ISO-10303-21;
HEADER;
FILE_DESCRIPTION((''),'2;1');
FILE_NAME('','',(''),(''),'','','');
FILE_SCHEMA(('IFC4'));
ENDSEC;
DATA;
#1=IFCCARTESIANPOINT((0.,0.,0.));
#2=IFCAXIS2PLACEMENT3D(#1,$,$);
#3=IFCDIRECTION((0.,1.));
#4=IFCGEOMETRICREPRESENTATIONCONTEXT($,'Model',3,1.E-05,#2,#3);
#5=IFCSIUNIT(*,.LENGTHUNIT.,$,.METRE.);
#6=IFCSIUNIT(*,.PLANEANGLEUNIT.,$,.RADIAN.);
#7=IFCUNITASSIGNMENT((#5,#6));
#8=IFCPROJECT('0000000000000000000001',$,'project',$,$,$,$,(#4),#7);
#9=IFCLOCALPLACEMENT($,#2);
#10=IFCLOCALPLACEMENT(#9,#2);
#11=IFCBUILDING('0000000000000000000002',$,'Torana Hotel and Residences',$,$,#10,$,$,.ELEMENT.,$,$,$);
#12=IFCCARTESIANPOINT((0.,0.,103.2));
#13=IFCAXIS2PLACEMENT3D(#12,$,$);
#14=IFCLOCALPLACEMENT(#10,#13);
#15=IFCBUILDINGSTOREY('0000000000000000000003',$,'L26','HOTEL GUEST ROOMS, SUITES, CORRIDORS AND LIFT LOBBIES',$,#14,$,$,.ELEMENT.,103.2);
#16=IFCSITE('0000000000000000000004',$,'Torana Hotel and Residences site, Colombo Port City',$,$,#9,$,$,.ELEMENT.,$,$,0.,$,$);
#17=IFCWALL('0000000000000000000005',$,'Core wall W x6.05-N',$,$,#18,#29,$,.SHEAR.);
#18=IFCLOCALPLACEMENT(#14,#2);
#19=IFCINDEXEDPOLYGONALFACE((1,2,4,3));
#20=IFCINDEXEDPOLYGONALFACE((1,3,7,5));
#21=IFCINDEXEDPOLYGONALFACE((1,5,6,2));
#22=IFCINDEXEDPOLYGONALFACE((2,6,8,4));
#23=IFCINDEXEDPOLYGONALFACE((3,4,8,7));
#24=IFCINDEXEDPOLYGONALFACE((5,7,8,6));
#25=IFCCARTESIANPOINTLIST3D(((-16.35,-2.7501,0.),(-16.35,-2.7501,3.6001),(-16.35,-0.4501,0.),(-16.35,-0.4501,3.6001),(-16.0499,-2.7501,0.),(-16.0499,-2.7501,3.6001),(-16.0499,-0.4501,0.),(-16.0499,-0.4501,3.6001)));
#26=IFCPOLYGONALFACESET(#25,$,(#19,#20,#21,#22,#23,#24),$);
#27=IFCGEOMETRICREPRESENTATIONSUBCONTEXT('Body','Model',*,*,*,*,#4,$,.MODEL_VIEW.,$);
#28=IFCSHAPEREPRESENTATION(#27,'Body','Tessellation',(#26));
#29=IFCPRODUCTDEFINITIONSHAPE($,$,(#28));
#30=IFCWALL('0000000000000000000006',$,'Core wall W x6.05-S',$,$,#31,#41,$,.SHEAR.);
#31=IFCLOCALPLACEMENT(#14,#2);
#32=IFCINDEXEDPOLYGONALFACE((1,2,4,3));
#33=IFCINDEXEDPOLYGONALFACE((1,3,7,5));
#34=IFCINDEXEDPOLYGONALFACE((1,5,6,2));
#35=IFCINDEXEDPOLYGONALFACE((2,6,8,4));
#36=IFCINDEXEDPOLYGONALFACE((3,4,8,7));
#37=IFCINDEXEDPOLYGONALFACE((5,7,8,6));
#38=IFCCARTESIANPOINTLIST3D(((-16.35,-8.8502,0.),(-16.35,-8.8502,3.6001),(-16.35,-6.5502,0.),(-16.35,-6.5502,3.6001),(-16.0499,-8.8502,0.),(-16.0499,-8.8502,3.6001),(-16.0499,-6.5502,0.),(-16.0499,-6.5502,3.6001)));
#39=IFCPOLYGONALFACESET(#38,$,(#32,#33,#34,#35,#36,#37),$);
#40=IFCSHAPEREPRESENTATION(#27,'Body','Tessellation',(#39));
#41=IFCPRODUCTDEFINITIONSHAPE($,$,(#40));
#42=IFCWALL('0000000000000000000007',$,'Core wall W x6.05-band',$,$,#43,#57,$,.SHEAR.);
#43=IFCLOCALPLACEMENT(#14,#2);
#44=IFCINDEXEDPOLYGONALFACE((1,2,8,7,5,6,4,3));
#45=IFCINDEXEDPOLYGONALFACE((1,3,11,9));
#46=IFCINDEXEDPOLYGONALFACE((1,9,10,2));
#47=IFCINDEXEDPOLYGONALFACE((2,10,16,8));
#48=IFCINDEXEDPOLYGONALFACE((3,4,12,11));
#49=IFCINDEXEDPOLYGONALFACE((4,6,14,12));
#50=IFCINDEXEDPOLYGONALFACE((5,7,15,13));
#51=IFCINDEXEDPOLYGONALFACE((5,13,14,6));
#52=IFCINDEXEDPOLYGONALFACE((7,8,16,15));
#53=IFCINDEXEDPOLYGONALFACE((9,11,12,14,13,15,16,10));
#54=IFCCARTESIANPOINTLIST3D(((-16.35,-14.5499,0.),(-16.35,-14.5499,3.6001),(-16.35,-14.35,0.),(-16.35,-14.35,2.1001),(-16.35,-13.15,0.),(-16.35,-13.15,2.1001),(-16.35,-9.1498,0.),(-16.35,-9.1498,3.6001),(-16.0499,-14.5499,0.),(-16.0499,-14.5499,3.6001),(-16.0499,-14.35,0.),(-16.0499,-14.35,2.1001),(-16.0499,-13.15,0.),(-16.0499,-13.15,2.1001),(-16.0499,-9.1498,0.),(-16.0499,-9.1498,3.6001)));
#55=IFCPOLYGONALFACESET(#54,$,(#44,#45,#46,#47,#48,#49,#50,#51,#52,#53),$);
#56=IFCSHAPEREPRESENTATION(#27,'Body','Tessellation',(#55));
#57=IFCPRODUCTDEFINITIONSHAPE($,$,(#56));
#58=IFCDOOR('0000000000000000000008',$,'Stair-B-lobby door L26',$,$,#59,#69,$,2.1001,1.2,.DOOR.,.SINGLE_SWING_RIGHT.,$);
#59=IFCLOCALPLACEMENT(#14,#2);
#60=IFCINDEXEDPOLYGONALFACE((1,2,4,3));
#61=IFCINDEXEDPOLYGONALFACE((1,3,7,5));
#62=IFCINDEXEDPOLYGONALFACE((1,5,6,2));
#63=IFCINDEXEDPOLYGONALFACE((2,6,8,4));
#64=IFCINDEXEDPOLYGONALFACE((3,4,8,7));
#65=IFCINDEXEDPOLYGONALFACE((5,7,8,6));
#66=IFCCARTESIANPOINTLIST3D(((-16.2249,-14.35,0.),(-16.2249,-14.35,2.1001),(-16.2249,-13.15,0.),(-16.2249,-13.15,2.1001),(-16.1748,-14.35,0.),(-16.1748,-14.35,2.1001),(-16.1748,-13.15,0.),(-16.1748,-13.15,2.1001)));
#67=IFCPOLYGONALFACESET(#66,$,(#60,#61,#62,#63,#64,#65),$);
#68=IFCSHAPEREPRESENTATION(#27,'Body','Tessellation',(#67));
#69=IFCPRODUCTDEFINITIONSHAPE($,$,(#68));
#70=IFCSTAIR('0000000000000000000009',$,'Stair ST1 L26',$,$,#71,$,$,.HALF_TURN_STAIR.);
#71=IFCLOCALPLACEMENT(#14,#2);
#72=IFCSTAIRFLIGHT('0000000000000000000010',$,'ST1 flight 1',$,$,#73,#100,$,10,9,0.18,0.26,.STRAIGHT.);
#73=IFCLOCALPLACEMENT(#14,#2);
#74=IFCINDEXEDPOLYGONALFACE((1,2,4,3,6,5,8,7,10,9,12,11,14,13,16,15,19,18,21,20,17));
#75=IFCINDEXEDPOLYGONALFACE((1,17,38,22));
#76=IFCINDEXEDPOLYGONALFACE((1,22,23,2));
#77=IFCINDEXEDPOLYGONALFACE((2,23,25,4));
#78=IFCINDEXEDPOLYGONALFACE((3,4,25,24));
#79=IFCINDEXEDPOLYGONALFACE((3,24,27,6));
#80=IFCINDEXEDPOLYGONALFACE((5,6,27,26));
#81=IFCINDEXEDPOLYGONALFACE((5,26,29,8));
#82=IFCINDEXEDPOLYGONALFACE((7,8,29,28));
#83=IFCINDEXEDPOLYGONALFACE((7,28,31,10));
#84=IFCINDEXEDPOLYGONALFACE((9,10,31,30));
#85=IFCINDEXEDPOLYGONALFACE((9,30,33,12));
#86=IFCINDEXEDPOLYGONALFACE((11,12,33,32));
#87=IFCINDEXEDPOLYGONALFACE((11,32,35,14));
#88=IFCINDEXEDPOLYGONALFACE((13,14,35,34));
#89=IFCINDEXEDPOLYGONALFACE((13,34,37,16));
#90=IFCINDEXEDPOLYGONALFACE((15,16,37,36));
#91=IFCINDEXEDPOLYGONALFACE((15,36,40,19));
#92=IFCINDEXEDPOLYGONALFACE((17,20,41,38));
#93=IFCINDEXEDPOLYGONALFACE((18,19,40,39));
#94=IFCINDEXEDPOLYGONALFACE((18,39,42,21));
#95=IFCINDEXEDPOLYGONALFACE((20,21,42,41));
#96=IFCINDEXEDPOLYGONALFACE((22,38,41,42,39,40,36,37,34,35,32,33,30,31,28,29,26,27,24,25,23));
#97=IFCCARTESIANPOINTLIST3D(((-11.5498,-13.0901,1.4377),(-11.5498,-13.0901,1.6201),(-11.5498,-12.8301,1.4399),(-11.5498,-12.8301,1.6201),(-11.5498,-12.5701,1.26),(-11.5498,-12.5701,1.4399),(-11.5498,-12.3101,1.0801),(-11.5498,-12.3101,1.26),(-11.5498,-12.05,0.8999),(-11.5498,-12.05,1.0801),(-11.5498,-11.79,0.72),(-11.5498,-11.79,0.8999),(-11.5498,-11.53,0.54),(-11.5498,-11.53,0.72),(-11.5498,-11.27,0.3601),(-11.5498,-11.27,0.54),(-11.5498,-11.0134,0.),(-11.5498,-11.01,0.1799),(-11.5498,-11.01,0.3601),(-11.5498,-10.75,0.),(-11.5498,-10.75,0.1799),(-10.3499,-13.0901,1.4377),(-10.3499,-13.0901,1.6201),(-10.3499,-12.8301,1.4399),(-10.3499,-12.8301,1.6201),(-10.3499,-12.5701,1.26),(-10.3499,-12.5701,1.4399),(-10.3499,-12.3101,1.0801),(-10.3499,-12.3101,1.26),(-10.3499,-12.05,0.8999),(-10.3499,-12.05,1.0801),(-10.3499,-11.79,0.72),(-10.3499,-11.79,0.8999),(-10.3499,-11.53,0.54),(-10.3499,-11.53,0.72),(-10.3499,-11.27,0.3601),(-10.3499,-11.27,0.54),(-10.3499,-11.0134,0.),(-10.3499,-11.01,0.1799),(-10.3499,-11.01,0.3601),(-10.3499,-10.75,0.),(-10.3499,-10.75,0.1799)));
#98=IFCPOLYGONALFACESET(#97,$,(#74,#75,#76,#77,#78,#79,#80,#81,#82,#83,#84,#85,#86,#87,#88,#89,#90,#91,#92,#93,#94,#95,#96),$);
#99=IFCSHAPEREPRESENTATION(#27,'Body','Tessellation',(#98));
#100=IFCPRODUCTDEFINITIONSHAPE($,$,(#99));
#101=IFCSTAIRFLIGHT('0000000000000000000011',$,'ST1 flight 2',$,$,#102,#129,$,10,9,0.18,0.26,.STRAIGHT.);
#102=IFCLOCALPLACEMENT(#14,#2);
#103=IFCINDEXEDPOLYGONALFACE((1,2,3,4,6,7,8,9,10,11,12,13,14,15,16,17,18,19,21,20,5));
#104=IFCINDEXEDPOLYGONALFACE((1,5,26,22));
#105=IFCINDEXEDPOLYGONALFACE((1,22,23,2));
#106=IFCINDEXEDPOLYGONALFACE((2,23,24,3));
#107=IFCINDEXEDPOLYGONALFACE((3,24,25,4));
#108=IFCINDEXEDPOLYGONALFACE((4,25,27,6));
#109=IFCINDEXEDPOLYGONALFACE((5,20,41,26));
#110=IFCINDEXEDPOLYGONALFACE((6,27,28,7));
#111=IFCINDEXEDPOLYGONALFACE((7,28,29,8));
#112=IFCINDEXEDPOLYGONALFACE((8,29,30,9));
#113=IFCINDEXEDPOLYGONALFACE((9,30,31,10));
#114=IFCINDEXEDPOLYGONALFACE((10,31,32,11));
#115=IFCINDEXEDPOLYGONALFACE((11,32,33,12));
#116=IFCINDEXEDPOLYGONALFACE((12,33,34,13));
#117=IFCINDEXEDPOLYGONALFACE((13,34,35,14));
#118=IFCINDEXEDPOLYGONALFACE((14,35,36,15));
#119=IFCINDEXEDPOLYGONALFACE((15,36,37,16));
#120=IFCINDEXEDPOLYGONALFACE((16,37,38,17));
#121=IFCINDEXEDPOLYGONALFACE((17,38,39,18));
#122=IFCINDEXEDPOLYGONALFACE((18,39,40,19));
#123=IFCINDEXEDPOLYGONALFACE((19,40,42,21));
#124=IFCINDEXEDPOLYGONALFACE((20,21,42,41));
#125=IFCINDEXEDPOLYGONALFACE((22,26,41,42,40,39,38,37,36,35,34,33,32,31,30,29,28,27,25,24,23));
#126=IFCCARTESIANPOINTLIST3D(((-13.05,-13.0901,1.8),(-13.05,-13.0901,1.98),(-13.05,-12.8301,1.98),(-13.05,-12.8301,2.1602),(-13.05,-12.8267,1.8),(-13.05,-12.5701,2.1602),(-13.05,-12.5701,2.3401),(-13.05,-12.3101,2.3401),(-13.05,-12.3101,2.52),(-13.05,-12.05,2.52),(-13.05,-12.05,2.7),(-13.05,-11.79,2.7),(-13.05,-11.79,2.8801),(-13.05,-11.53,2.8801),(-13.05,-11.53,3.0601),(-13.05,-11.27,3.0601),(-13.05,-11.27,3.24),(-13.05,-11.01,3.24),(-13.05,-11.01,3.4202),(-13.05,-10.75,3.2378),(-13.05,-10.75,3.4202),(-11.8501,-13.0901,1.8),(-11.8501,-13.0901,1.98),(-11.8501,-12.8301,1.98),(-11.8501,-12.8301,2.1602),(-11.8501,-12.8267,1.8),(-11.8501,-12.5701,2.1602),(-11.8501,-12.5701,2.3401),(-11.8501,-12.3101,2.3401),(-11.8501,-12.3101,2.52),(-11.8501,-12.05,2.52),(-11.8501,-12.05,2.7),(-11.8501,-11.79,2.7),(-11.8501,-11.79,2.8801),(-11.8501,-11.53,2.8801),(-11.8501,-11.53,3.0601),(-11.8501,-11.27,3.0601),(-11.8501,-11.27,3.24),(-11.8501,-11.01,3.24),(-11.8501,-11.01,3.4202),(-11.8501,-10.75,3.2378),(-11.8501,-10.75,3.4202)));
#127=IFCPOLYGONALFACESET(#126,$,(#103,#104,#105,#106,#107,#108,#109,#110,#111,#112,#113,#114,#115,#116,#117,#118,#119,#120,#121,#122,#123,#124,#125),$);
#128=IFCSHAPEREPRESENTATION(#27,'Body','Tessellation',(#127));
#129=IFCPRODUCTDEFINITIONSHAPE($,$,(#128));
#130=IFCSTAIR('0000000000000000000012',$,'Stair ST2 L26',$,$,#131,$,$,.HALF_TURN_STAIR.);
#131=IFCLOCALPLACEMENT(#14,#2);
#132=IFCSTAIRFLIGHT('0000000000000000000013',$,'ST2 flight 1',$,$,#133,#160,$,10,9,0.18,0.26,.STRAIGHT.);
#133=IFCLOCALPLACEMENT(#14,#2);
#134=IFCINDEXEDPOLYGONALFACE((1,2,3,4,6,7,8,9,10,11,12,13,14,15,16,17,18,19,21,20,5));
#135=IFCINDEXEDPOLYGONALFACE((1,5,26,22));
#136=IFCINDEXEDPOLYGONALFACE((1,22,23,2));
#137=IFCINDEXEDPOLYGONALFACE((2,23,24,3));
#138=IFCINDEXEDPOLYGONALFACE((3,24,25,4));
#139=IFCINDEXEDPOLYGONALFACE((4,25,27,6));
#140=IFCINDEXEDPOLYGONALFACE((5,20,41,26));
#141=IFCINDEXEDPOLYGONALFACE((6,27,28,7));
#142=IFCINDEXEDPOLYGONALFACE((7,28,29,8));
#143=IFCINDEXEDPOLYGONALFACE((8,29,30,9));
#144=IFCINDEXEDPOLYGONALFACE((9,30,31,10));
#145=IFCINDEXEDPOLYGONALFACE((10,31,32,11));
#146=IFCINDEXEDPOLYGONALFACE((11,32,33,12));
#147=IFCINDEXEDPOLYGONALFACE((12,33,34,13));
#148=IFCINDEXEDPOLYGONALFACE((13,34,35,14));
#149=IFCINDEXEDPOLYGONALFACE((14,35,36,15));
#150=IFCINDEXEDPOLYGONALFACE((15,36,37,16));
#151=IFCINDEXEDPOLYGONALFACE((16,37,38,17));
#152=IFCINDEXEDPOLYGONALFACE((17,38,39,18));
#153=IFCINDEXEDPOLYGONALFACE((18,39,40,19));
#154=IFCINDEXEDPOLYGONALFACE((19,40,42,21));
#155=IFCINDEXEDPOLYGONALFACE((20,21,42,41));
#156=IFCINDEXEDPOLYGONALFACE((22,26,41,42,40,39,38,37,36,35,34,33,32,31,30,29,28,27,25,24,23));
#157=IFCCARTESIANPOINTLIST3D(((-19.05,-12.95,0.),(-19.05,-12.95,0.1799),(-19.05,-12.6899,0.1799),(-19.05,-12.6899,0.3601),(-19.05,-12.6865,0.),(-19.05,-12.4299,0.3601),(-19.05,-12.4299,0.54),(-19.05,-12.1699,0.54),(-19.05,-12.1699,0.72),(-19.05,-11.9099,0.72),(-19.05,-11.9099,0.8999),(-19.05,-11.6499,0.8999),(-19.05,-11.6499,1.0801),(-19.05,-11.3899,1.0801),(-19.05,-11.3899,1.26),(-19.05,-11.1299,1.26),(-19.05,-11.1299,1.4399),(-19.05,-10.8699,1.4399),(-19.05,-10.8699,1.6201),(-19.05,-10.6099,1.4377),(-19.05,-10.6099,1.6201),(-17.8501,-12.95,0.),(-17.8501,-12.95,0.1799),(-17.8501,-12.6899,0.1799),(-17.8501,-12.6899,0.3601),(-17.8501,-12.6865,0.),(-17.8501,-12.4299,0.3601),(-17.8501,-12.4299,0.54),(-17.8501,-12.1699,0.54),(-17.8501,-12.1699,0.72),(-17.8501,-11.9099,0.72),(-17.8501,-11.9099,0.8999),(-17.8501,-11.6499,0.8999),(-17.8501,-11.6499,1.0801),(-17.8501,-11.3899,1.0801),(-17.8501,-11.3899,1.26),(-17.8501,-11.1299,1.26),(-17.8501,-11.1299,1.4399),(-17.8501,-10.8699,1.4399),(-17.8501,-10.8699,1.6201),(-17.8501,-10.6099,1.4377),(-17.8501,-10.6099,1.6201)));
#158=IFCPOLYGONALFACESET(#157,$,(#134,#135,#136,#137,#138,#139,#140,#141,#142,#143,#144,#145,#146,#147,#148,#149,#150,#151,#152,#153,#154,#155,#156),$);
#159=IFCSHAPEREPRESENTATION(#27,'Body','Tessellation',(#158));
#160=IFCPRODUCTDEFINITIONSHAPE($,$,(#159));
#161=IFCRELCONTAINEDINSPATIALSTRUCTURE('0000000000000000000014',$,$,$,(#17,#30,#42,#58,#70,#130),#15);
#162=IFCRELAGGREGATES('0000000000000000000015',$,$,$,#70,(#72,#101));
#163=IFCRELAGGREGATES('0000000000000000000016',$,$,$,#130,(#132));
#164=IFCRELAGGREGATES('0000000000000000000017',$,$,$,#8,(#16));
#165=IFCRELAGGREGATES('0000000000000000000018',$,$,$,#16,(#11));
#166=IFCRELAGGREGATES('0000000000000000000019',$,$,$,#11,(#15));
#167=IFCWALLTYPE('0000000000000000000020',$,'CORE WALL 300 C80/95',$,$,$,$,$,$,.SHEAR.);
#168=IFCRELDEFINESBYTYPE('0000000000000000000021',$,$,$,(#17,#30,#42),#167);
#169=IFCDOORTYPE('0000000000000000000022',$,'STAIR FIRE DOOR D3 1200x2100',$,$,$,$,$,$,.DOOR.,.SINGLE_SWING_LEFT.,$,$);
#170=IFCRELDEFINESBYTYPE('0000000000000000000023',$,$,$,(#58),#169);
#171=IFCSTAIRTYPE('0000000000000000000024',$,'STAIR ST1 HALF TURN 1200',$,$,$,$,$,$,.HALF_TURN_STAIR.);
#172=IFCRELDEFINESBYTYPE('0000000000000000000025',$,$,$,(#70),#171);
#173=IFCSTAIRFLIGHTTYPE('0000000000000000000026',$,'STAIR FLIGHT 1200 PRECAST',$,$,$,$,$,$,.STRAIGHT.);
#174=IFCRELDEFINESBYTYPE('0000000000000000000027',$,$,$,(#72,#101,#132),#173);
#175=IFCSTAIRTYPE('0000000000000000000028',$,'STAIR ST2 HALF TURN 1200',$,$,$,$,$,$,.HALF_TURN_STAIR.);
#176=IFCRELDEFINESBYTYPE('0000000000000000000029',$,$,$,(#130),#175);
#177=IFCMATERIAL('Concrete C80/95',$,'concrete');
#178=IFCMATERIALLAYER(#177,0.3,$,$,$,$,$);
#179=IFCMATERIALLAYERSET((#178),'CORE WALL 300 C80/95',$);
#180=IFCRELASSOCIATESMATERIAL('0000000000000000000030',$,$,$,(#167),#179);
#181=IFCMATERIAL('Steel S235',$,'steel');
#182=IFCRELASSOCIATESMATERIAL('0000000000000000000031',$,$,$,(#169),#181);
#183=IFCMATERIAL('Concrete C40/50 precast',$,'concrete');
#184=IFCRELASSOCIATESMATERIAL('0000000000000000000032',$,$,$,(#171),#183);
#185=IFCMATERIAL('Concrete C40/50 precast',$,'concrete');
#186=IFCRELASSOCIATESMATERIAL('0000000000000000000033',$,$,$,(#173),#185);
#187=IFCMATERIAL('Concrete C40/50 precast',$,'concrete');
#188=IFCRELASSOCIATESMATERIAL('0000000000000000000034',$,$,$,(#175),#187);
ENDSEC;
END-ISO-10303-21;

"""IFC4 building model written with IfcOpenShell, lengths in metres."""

from ifc_helpers import new_model, si_unit, direction, frame, frame_2d, origin, place, context, subcontext, project, spatial, polyline, rectangle, outline, extrude, material, layer, layer_set, type_object, element, fill, aggregate, save


model = new_model("IFC4")

# Units and contexts
model_context = context("Model", 3, precision=1e-05, world=origin(), true_north=direction((0.0, 1.0)))
body_context = subcontext(model_context, "Body", "Model", "MODEL_VIEW")
ifc_project = project(units=[si_unit("LENGTHUNIT", "METRE"), si_unit("PLANEANGLEUNIT", "RADIAN")], contexts=[model_context])

# Site, building, storey
site_placement = place(None, origin())
site = spatial("IfcSite", under=ifc_project, at=site_placement, Name="Torana Hotel and Residences site, Colombo Port City", CompositionType="ELEMENT", RefElevation=0.0)
building_placement = place(site_placement, origin())
building = spatial("IfcBuilding", under=site, at=building_placement, Name="Torana Hotel and Residences", CompositionType="ELEMENT")
storey_placement = place(building_placement, frame((0.0, 0.0, 103.2)))
storey = spatial("IfcBuildingStorey", under=building, at=storey_placement, Name="L26", Description="HOTEL GUEST ROOMS, SUITES, CORRIDORS AND LIFT LOBBIES", CompositionType="ELEMENT", Elevation=103.2)

# Shared definitions
ifc_material_1 = material(Name="Concrete C80/95", Category="concrete")
ifc_layer_1 = layer(ifc_material_1, 0.3)
ifc_layer_set_1 = layer_set([ifc_layer_1], Name="CORE WALL 300 C80/95")
wall_type_1 = type_object("IfcWallType", Name="CORE WALL 300 C80/95", PredefinedType="SHEAR", material=ifc_layer_set_1)

# Shared definitions
ifc_material_2 = material(Name="Steel S235", Category="steel")
door_type_1 = type_object("IfcDoorType", Name="STAIR FIRE DOOR D3 1200x2100", OperationType="SINGLE_SWING_LEFT", PredefinedType="DOOR", material=ifc_material_2)

# Walls
for number, where, z_axis, x_axis, name in (
    (1, (-16.2, -2.75, 0.0), (0.0, 0.0, 1.0), (0.0, 1.0, 0.0), "Core wall W x6.05-N"),
    (2, (-16.2, -8.8501, 0.0), (0.0, 0.0, 1.0), (0.0, 1.0, 0.0), "Core wall W x6.05-S"),
):
    element("IfcWall", number, at=place(storey_placement, frame(where, z_axis=z_axis, x_axis=x_axis)), inside=storey, type_object=wall_type_1, Name=name, PredefinedType="SHEAR", context=body_context, shape_type="SweptSolid", body=[
        extrude(rectangle(XDim=2.3, YDim=0.3, at=frame_2d((1.1499, 0.0))), origin(), (0.0, 0.0, 1.0), 3.6001),
    ])

# Wall, opening, door
wall_1_placement = place(storey_placement, frame((-16.2, -14.55, 0.0), z_axis=(0.0, 0.0, 1.0), x_axis=(0.0, 1.0, 0.0)))
wall_1 = element("IfcWall", 3, at=wall_1_placement, inside=storey, type_object=wall_type_1, Name="Core wall W x6.05-band", PredefinedType="SHEAR", context=body_context, shape_type="SweptSolid", body=[
    extrude(rectangle(XDim=5.4001, YDim=0.3, at=frame_2d((2.7002, 0.0))), origin(), (0.0, 0.0, 1.0), 3.6001),
])
opening_1_placement = place(wall_1_placement, frame((0.2, 0.0, 0.0)))
opening_1 = element("IfcOpeningElement", 4, at=opening_1_placement, cuts=wall_1, PredefinedType="OPENING", context=body_context, shape_type="SweptSolid", body=[
    extrude(rectangle(XDim=1.2, YDim=2.1001, at=frame_2d((0.6001, 1.05))), frame((0.0, 0.1599, 0.0), z_axis=(0.0, -1.0, 0.0), x_axis=(1.0, 0.0, 0.0)), (0.0, 0.0, 1.0), 0.3201),
])
door_1_placement = place(opening_1_placement, origin())
door_1 = element("IfcDoor", 5, at=door_1_placement, inside=storey, type_object=door_type_1, Name="Stair-B-lobby door L26", OperationType="SINGLE_SWING_RIGHT", OverallHeight=2.1001, OverallWidth=1.2, PredefinedType="DOOR", context=body_context, shape_type="SweptSolid", body=[
    extrude(rectangle(XDim=1.2, YDim=2.1001, at=frame_2d((0.6001, 1.05))), frame((0.0, 0.0249, 0.0), z_axis=(0.0, -1.0, 0.0), x_axis=(1.0, 0.0, 0.0)), (0.0, 0.0, 1.0), 0.05),
])
fill(opening_1, door_1)

# Stairs, stair flights
ifc_material_3 = material(Name="Concrete C40/50 precast", Category="concrete")
stair_type_1 = type_object("IfcStairType", Name="STAIR ST1 HALF TURN 1200", PredefinedType="HALF_TURN_STAIR", material=ifc_material_3)
stair_1_placement = place(storey_placement, origin())
stair_1 = element("IfcStair", 6, at=stair_1_placement, inside=storey, type_object=stair_type_1, Name="Stair ST1 L26", PredefinedType="HALF_TURN_STAIR")
ifc_material_4 = material(Name="Concrete C40/50 precast", Category="concrete")
stair_flight_type = type_object("IfcStairFlightType", Name="STAIR FLIGHT 1200 PRECAST", PredefinedType="STRAIGHT", material=ifc_material_4)
stair_flight_1_placement = place(storey_placement, frame((-10.95, -10.75, 0.0), z_axis=(0.0, 0.0, 1.0), x_axis=(0.0, -1.0, 0.0)))
stair_flight_1 = element("IfcStairFlight", 7, at=stair_flight_1_placement, type_object=stair_flight_type, Name="ST1 flight 1", NumberOfRisers=10, NumberOfTreads=9, PredefinedType="STRAIGHT", RiserHeight=0.18, TreadLength=0.26, context=body_context, shape_type="SweptSolid", body=[
    extrude(outline(polyline([(0.0, 0.0), (0.0, 0.1799), (0.26, 0.1799), (0.26, 0.3601), (0.52, 0.3601), (0.52, 0.54), (0.78, 0.54), (0.78, 0.72), (1.04, 0.72), (1.04, 0.8999), (1.3, 0.8999), (1.3, 1.0801), (1.5601, 1.0801), (1.5601, 1.26), (1.8201, 1.26), (1.8201, 1.4399), (2.0801, 1.4399), (2.0801, 1.6201), (2.3401, 1.6201), (2.3401, 1.8), (2.3401, 1.4377), (0.2634, 0.0), (0.0, 0.0)])), frame((0.0, 0.6001, 0.0), z_axis=(0.0, -1.0, 0.0), x_axis=(1.0, 0.0, 0.0)), (0.0, 0.0, 1.0), 1.2),
])
stair_flight_2_placement = place(storey_placement, frame((-12.45, -13.0901, 1.8), z_axis=(0.0, 0.0, 1.0), x_axis=(0.0, 1.0, 0.0)))
stair_flight_2 = element("IfcStairFlight", 8, at=stair_flight_2_placement, type_object=stair_flight_type, Name="ST1 flight 2", NumberOfRisers=10, NumberOfTreads=9, PredefinedType="STRAIGHT", RiserHeight=0.18, TreadLength=0.26, context=body_context, shape_type="SweptSolid", body=[
    extrude(outline(polyline([(0.0, 0.0), (0.0, 0.1799), (0.26, 0.1799), (0.26, 0.3601), (0.52, 0.3601), (0.52, 0.54), (0.78, 0.54), (0.78, 0.72), (1.04, 0.72), (1.04, 0.8999), (1.3, 0.8999), (1.3, 1.0801), (1.5601, 1.0801), (1.5601, 1.26), (1.8201, 1.26), (1.8201, 1.4399), (2.0801, 1.4399), (2.0801, 1.6201), (2.3401, 1.6201), (2.3401, 1.8), (2.3401, 1.4377), (0.2634, 0.0), (0.0, 0.0)])), frame((0.0, 0.6001, 0.0), z_axis=(0.0, -1.0, 0.0), x_axis=(1.0, 0.0, 0.0)), (0.0, 0.0, 1.0), 1.2),
])
aggregate(stair_1, [stair_flight_1, stair_flight_2])
ifc_material_5 = material(Name="Concrete C40/50 precast", Category="concrete")
stair_type_2 = type_object("IfcStairType", Name="STAIR ST2 HALF TURN 1200", PredefinedType="HALF_TURN_STAIR", material=ifc_material_5)
stair_2_placement = place(storey_placement, origin())
stair_2 = element("IfcStair", 9, at=stair_2_placement, inside=storey, type_object=stair_type_2, Name="Stair ST2 L26", PredefinedType="HALF_TURN_STAIR")
stair_flight_3_placement = place(storey_placement, frame((-18.45, -12.95, 0.0), z_axis=(0.0, 0.0, 1.0), x_axis=(0.0, 1.0, 0.0)))
stair_flight_3 = element("IfcStairFlight", 10, at=stair_flight_3_placement, type_object=stair_flight_type, Name="ST2 flight 1", NumberOfRisers=10, NumberOfTreads=9, PredefinedType="STRAIGHT", RiserHeight=0.18, TreadLength=0.26, context=body_context, shape_type="SweptSolid", body=[
    extrude(outline(polyline([(0.0, 0.0), (0.0, 0.1799), (0.26, 0.1799), (0.26, 0.3601), (0.52, 0.3601), (0.52, 0.54), (0.78, 0.54), (0.78, 0.72), (1.04, 0.72), (1.04, 0.8999), (1.3, 0.8999), (1.3, 1.0801), (1.5601, 1.0801), (1.5601, 1.26), (1.8201, 1.26), (1.8201, 1.4399), (2.0801, 1.4399), (2.0801, 1.6201), (2.3401, 1.6201), (2.3401, 1.8), (2.3401, 1.4377), (0.2634, 0.0), (0.0, 0.0)])), frame((0.0, 0.6001, 0.0), z_axis=(0.0, -1.0, 0.0), x_axis=(1.0, 0.0, 0.0)), (0.0, 0.0, 1.0), 1.2),
])
aggregate(stair_2, [stair_flight_3])

save(model, "model.ifc")
